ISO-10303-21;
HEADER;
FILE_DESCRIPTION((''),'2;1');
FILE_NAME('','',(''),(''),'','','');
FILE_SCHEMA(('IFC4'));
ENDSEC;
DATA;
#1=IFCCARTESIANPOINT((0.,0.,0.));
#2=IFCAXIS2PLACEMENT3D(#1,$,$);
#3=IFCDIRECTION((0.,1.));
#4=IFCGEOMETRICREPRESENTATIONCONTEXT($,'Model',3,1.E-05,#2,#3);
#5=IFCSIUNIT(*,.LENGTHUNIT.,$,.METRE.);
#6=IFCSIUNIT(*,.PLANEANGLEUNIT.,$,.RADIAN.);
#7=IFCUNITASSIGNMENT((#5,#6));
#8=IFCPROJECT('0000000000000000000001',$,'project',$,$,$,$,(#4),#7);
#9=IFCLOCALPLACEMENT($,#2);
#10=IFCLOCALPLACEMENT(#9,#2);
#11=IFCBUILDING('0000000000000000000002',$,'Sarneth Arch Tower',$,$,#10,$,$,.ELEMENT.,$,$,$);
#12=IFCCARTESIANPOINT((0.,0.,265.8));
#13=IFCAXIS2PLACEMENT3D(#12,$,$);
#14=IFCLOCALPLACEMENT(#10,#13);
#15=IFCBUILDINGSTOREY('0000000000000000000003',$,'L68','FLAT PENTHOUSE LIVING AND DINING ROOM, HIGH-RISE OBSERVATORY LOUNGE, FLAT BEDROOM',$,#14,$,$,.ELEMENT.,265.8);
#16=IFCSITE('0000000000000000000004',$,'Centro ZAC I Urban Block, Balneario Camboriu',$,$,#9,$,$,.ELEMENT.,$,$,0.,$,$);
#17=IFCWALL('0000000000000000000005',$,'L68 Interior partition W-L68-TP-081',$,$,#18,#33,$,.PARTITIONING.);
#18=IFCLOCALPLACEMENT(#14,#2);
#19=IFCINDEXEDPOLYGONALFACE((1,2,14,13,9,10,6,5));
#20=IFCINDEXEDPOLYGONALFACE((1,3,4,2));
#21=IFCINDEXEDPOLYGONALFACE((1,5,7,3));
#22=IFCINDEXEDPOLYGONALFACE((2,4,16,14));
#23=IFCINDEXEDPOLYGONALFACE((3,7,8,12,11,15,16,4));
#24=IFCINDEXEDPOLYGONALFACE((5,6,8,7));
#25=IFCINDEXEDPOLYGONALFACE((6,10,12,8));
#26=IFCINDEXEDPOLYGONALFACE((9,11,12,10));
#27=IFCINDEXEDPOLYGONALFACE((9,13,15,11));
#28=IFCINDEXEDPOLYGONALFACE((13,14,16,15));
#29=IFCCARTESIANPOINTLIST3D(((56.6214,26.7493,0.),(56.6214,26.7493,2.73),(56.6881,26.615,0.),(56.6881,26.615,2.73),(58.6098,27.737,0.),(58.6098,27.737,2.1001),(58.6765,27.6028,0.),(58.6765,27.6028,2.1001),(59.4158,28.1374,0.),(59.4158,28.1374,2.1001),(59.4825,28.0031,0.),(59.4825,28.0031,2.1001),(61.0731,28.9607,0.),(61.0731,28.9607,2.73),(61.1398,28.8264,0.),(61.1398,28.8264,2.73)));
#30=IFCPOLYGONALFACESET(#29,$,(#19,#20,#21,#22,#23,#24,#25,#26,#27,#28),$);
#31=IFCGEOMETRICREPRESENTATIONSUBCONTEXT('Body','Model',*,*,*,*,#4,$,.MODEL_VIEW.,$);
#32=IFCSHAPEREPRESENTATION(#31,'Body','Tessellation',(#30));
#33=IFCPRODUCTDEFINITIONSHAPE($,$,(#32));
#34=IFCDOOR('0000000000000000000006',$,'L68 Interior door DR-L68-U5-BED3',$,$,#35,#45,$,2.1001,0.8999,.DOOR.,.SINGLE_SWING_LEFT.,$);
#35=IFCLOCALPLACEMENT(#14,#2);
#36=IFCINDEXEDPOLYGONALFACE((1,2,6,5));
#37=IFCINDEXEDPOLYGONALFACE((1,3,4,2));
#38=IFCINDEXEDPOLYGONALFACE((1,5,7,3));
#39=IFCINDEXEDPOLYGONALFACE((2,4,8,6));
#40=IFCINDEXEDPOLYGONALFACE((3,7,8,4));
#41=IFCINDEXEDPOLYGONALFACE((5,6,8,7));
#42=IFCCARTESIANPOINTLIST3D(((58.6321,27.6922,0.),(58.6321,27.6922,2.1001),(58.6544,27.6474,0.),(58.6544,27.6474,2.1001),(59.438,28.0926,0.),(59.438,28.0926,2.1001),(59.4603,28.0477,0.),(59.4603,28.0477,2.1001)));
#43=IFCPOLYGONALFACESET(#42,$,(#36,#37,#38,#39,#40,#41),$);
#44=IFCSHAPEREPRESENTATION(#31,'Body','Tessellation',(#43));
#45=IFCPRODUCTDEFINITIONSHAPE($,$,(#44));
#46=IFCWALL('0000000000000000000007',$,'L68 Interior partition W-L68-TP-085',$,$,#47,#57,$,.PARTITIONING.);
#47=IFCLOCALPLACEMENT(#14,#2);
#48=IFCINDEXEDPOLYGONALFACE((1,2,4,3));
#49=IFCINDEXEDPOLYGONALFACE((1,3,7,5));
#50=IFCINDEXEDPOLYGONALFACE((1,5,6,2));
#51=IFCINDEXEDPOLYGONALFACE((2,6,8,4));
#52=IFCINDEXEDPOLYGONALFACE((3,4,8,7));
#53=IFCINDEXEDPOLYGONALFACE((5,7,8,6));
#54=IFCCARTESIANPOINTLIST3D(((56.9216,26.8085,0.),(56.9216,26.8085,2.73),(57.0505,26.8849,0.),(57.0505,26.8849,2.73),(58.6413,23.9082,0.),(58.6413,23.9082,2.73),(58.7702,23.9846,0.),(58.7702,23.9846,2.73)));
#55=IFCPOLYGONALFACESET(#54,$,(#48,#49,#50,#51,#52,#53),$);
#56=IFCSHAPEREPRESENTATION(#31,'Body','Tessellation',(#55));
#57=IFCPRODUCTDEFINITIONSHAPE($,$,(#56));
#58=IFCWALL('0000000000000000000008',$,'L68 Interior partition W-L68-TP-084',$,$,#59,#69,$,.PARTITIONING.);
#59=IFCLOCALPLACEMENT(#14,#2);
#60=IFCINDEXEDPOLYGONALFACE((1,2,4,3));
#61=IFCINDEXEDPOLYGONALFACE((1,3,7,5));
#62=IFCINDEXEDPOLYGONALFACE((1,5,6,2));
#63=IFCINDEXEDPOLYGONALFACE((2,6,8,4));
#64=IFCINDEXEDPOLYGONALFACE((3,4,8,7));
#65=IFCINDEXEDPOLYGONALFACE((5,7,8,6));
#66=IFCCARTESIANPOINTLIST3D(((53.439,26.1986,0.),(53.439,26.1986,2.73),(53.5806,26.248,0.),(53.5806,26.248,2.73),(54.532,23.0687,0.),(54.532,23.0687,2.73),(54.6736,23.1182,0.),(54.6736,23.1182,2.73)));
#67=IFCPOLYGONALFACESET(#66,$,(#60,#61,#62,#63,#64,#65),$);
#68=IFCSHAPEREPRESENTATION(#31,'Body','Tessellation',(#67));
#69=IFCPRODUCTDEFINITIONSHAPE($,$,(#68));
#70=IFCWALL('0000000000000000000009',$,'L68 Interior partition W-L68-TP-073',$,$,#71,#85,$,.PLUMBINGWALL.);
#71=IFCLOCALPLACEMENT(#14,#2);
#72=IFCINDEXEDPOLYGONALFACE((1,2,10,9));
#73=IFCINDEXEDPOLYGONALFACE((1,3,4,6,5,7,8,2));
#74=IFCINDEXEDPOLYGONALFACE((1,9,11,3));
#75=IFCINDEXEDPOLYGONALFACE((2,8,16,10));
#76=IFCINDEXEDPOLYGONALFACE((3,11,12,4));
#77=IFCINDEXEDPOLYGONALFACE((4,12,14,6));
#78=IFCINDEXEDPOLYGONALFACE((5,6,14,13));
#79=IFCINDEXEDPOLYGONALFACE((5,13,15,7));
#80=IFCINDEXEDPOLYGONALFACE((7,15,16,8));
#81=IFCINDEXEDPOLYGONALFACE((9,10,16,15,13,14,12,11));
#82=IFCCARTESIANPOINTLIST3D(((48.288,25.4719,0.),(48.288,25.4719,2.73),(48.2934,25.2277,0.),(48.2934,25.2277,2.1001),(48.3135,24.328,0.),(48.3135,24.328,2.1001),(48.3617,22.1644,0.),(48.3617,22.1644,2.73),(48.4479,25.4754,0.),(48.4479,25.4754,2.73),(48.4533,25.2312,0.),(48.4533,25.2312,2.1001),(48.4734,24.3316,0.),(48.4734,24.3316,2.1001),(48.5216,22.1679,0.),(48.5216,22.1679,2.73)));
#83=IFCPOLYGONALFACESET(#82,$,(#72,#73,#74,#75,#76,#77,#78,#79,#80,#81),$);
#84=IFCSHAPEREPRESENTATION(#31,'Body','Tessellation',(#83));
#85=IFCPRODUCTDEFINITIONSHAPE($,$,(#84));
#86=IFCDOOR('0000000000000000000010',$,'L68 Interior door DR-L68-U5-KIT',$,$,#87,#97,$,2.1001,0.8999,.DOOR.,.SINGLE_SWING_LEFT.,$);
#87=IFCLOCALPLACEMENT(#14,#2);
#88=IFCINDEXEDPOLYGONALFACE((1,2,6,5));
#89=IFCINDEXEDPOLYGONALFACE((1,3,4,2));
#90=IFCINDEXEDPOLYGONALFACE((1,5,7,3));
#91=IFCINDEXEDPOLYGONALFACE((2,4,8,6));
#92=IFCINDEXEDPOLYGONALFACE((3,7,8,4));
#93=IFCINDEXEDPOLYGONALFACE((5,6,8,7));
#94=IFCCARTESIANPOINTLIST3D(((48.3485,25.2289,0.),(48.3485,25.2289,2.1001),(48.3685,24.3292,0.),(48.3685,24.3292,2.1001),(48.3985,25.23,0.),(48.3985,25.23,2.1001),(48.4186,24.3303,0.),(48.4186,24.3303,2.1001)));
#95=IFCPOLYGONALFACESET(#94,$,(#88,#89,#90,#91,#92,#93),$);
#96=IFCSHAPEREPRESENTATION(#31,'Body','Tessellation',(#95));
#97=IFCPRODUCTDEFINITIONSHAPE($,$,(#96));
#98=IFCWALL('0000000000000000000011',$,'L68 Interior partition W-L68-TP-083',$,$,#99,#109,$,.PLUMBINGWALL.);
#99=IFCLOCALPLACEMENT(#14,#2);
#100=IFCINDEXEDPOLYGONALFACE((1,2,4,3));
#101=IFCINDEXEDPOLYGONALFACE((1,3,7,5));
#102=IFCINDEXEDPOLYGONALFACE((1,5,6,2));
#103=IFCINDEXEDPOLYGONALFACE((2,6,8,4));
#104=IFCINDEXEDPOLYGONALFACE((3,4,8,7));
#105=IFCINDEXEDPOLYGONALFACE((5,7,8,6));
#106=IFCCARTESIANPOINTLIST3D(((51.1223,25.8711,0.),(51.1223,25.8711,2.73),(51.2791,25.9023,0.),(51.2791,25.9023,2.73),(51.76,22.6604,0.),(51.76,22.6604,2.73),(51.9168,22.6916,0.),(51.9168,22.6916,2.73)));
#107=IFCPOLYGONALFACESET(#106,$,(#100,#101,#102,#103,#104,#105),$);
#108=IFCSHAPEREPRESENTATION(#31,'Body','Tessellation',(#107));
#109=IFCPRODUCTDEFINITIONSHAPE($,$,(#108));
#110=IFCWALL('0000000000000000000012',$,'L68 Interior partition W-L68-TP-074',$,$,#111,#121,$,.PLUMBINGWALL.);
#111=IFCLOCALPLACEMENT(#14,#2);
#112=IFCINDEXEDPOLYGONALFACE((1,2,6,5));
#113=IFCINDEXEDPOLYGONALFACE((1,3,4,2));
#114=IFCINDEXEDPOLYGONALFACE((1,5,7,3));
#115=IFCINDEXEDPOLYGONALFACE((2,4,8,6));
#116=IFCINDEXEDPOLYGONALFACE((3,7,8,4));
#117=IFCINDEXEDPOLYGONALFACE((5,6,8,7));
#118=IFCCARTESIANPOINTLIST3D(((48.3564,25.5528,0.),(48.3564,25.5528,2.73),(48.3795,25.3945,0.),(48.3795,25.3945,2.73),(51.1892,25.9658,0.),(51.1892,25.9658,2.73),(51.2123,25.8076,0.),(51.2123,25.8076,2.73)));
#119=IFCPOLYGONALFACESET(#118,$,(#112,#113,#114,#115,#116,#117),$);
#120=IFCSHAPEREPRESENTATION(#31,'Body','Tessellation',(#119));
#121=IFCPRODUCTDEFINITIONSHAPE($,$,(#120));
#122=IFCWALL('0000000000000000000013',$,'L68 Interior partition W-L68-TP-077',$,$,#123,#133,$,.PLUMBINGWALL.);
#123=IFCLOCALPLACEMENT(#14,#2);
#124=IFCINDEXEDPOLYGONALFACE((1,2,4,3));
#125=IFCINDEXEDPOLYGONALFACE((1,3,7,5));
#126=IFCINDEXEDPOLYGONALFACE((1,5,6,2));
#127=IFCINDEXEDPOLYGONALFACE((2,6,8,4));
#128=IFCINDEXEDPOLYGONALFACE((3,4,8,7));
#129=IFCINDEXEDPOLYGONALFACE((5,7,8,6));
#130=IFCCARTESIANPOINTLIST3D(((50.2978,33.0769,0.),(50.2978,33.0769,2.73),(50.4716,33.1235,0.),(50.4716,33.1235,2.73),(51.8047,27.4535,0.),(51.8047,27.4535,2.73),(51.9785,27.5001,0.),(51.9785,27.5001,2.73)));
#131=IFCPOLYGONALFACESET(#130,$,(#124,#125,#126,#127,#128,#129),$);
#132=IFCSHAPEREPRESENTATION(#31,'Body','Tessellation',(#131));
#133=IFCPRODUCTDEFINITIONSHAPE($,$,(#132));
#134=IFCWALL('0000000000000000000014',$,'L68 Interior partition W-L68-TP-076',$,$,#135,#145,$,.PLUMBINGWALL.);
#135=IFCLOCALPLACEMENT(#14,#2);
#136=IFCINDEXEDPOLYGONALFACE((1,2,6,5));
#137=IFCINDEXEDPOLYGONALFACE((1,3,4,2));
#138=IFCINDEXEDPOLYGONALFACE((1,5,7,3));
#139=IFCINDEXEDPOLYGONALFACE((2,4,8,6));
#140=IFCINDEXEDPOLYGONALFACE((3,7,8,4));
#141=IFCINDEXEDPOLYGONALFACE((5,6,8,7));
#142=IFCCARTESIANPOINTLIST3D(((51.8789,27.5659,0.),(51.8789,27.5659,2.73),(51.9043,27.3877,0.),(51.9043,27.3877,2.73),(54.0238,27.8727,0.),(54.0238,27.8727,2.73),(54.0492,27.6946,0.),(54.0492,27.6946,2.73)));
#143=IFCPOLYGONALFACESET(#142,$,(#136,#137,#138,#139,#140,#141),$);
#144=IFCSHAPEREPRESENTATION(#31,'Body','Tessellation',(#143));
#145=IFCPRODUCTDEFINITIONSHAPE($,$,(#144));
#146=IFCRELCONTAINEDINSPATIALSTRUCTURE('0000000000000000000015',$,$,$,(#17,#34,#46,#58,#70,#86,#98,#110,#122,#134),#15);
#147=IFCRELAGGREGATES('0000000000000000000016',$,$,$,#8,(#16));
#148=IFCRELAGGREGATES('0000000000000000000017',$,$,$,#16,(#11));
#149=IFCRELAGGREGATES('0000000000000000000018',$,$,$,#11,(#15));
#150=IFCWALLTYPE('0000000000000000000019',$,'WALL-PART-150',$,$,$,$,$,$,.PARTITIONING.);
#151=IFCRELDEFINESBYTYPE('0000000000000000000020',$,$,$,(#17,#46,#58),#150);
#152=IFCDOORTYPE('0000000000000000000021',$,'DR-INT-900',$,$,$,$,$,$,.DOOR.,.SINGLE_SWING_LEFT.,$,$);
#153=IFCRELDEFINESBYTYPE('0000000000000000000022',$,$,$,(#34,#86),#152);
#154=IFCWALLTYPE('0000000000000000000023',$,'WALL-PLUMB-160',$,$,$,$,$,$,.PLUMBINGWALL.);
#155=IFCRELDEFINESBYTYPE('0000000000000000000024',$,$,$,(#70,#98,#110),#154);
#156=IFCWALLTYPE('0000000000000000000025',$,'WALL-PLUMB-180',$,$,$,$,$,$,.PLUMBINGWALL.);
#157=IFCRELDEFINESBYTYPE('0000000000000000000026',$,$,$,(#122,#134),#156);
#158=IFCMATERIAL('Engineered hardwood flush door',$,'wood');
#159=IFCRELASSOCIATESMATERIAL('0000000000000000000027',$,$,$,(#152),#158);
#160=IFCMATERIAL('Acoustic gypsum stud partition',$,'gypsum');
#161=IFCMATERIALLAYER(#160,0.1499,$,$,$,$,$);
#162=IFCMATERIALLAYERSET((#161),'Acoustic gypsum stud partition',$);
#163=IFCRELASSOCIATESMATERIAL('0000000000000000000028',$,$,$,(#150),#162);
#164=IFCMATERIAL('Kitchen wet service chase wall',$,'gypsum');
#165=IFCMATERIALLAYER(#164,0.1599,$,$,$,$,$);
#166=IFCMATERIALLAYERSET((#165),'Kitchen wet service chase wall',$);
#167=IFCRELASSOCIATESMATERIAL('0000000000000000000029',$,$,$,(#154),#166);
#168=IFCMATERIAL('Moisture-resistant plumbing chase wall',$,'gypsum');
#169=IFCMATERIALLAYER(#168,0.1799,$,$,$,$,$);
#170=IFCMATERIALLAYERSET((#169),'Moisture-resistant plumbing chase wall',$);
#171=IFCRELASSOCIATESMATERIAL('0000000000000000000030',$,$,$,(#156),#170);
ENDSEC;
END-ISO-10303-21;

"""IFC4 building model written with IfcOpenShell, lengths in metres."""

from ifc_helpers import new_model, si_unit, direction, frame, frame_2d, origin, place, context, subcontext, project, spatial, rectangle, extrude, material, layer, layer_set, type_object, element, fill, save


model = new_model("IFC4")

# Units and contexts
model_context = context("Model", 3, precision=1e-05, world=origin(), true_north=direction((0.0, 1.0)))
body_context = subcontext(model_context, "Body", "Model", "MODEL_VIEW")
ifc_project = project(units=[si_unit("LENGTHUNIT", "METRE"), si_unit("PLANEANGLEUNIT", "RADIAN")], contexts=[model_context])

# Site, building, storey
site_placement = place(None, origin())
site = spatial("IfcSite", under=ifc_project, at=site_placement, Name="Centro ZAC I Urban Block, Balneario Camboriu", CompositionType="ELEMENT", RefElevation=0.0)
building_placement = place(site_placement, origin())
building = spatial("IfcBuilding", under=site, at=building_placement, Name="Sarneth Arch Tower", CompositionType="ELEMENT")
storey_placement = place(building_placement, frame((0.0, 0.0, 265.8)))
storey = spatial("IfcBuildingStorey", under=building, at=storey_placement, Name="L68", Description="FLAT PENTHOUSE LIVING AND DINING ROOM, HIGH-RISE OBSERVATORY LOUNGE, FLAT BEDROOM", CompositionType="ELEMENT", Elevation=265.8)

# Shared definitions
ifc_material_1 = material(Name="Engineered hardwood flush door", Category="wood")
door_type_1 = type_object("IfcDoorType", Name="DR-INT-900", OperationType="SINGLE_SWING_LEFT", PredefinedType="DOOR", material=ifc_material_1)

# Wall, opening, door
ifc_material_2 = material(Name="Acoustic gypsum stud partition", Category="gypsum")
ifc_layer_1 = layer(ifc_material_2, 0.1499)
ifc_layer_set_1 = layer_set([ifc_layer_1], Name="Acoustic gypsum stud partition")
wall_type_1 = type_object("IfcWallType", Name="WALL-PART-150", PredefinedType="PARTITIONING", material=ifc_layer_set_1)
wall_1_placement = place(storey_placement, frame((56.6548, 26.6821, 0.0), z_axis=(0.0, 0.0, 1.0), x_axis=(0.895583, 0.444894, 0.0)))
wall_1 = element("IfcWall", 1, at=wall_1_placement, inside=storey, type_object=wall_type_1, Name="L68 Interior partition W-L68-TP-081", PredefinedType="PARTITIONING", context=body_context, shape_type="SweptSolid", body=[
    extrude(rectangle(XDim=4.9707, YDim=0.1499, at=frame_2d((2.4854, 0.0))), origin(), (0.0, 0.0, 1.0), 2.73),
])
opening_1_placement = place(wall_1_placement, frame((2.2202, 0.0, 0.0)))
opening_1 = element("IfcOpeningElement", 2, at=opening_1_placement, cuts=wall_1, PredefinedType="OPENING", context=body_context, shape_type="SweptSolid", body=[
    extrude(rectangle(XDim=0.8999, YDim=2.1001, at=frame_2d((0.45, 1.05))), frame((0.0, 0.085, 0.0), z_axis=(0.0, -1.0, 0.0), x_axis=(1.0, 0.0, 0.0)), (0.0, 0.0, 1.0), 0.1699),
])
door_1_placement = place(opening_1_placement, origin())
door_1 = element("IfcDoor", 3, at=door_1_placement, inside=storey, type_object=door_type_1, Name="L68 Interior door DR-L68-U5-BED3", OperationType="SINGLE_SWING_LEFT", OverallHeight=2.1001, OverallWidth=0.8999, PredefinedType="DOOR", context=body_context, shape_type="SweptSolid", body=[
    extrude(rectangle(XDim=0.8999, YDim=2.1001, at=frame_2d((0.45, 1.05))), frame((0.0, 0.0249, 0.0), z_axis=(0.0, -1.0, 0.0), x_axis=(1.0, 0.0, 0.0)), (0.0, 0.0, 1.0), 0.05),
])
fill(opening_1, door_1)

# Walls
wall_2_placement = place(storey_placement, frame((58.7058, 23.9463, 0.0), z_axis=(0.0, 0.0, 1.0), x_axis=(-0.510017, 0.860164, 0.0)))
element("IfcWall", 4, at=wall_2_placement, inside=storey, type_object=wall_type_1, Name="L68 Interior partition W-L68-TP-085", PredefinedType="PARTITIONING", context=body_context, shape_type="SweptSolid", body=[
    extrude(rectangle(XDim=3.3718, YDim=0.1499, at=frame_2d((1.686, 0.0))), origin(), (0.0, 0.0, 1.0), 2.73),
])
wall_3_placement = place(storey_placement, frame((53.5098, 26.2234, 0.0), z_axis=(0.0, 0.0, 1.0), x_axis=(0.329694, -0.944088, 0.0)))
element("IfcWall", 5, at=wall_3_placement, inside=storey, type_object=wall_type_1, Name="L68 Interior partition W-L68-TP-084", PredefinedType="PARTITIONING", context=body_context, shape_type="SweptSolid", body=[
    extrude(rectangle(XDim=3.3152, YDim=0.1499, at=frame_2d((1.6577, 0.0))), origin(), (0.0, 0.0, 1.0), 2.73),
])

# Wall, opening, door
ifc_material_3 = material(Name="Kitchen wet service chase wall", Category="gypsum")
ifc_layer_2 = layer(ifc_material_3, 0.1599)
ifc_layer_set_2 = layer_set([ifc_layer_2], Name="Kitchen wet service chase wall")
wall_type_2 = type_object("IfcWallType", Name="WALL-PLUMB-160", PredefinedType="PLUMBINGWALL", material=ifc_layer_set_2)
wall_4_placement = place(storey_placement, frame((48.4417, 22.166, 0.0), z_axis=(0.0, 0.0, 1.0), x_axis=(-0.022286, 0.999752, 0.0)))
wall_4 = element("IfcWall", 6, at=wall_4_placement, inside=storey, type_object=wall_type_2, Name="L68 Interior partition W-L68-TP-073", PredefinedType="PLUMBINGWALL", context=body_context, shape_type="SweptSolid", body=[
    extrude(rectangle(XDim=3.3083, YDim=0.1599, at=frame_2d((1.6543, 0.0))), origin(), (0.0, 0.0, 1.0), 2.73),
])
opening_2_placement = place(wall_4_placement, frame((2.1643, 0.0, 0.0)))
opening_2 = element("IfcOpeningElement", 7, at=opening_2_placement, cuts=wall_4, PredefinedType="OPENING", context=body_context, shape_type="SweptSolid", body=[
    extrude(rectangle(XDim=0.8999, YDim=2.1001, at=frame_2d((0.45, 1.05))), frame((0.0, 0.0898, 0.0), z_axis=(0.0, -1.0, 0.0), x_axis=(1.0, 0.0, 0.0)), (0.0, 0.0, 1.0), 0.1799),
])
door_2_placement = place(opening_2_placement, origin())
door_2 = element("IfcDoor", 8, at=door_2_placement, inside=storey, type_object=door_type_1, Name="L68 Interior door DR-L68-U5-KIT", OperationType="SINGLE_SWING_LEFT", OverallHeight=2.1001, OverallWidth=0.8999, PredefinedType="DOOR", context=body_context, shape_type="SweptSolid", body=[
    extrude(rectangle(XDim=0.8999, YDim=2.1001, at=frame_2d((0.45, 1.05))), frame((0.0, 0.0249, 0.0), z_axis=(0.0, -1.0, 0.0), x_axis=(1.0, 0.0, 0.0)), (0.0, 0.0, 1.0), 0.05),
])
fill(opening_2, door_2)

# Walls
wall_5_placement = place(storey_placement, frame((51.2007, 25.8867, 0.0), z_axis=(0.0, 0.0, 1.0), x_axis=(0.194811, -0.980841, 0.0)))
element("IfcWall", 9, at=wall_5_placement, inside=storey, type_object=wall_type_2, Name="L68 Interior partition W-L68-TP-083", PredefinedType="PLUMBINGWALL", context=body_context, shape_type="SweptSolid", body=[
    extrude(rectangle(XDim=3.2734, YDim=0.1599, at=frame_2d((1.6367, 0.0))), origin(), (0.0, 0.0, 1.0), 2.73),
])
wall_6_placement = place(storey_placement, frame((48.3679, 25.4736, 0.0), z_axis=(0.0, 0.0, 1.0), x_axis=(0.989534, 0.144298, 0.0)))
element("IfcWall", 10, at=wall_6_placement, inside=storey, type_object=wall_type_2, Name="L68 Interior partition W-L68-TP-074", PredefinedType="PLUMBINGWALL", context=body_context, shape_type="SweptSolid", body=[
    extrude(rectangle(XDim=2.8628, YDim=0.1599, at=frame_2d((1.4314, 0.0))), origin(), (0.0, 0.0, 1.0), 2.73),
])
ifc_material_4 = material(Name="Moisture-resistant plumbing chase wall", Category="gypsum")
ifc_layer_3 = layer(ifc_material_4, 0.1799)
ifc_layer_set_3 = layer_set([ifc_layer_3], Name="Moisture-resistant plumbing chase wall")
wall_type_3 = type_object("IfcWallType", Name="WALL-PLUMB-180", PredefinedType="PLUMBINGWALL", material=ifc_layer_set_3)
wall_7_placement = place(storey_placement, frame((51.8916, 27.4768, 0.0), z_axis=(0.0, 0.0, 1.0), x_axis=(-0.258832, 0.965922, 0.0)))
element("IfcWall", 11, at=wall_7_placement, inside=storey, type_object=wall_type_3, Name="L68 Interior partition W-L68-TP-077", PredefinedType="PLUMBINGWALL", context=body_context, shape_type="SweptSolid", body=[
    extrude(rectangle(XDim=5.8218, YDim=0.1799, at=frame_2d((2.9109, 0.0))), origin(), (0.0, 0.0, 1.0), 2.73),
])
wall_8_placement = place(storey_placement, frame((54.0366, 27.7837, 0.0), z_axis=(0.0, 0.0, 1.0), x_axis=(-0.98992, -0.141626, 0.0)))
element("IfcWall", 12, at=wall_8_placement, inside=storey, type_object=wall_type_3, Name="L68 Interior partition W-L68-TP-076", PredefinedType="PLUMBINGWALL", context=body_context, shape_type="SweptSolid", body=[
    extrude(rectangle(XDim=2.1667, YDim=0.1799, at=frame_2d((1.0835, 0.0))), origin(), (0.0, 0.0, 1.0), 2.73),
])

save(model, "model.ifc")
